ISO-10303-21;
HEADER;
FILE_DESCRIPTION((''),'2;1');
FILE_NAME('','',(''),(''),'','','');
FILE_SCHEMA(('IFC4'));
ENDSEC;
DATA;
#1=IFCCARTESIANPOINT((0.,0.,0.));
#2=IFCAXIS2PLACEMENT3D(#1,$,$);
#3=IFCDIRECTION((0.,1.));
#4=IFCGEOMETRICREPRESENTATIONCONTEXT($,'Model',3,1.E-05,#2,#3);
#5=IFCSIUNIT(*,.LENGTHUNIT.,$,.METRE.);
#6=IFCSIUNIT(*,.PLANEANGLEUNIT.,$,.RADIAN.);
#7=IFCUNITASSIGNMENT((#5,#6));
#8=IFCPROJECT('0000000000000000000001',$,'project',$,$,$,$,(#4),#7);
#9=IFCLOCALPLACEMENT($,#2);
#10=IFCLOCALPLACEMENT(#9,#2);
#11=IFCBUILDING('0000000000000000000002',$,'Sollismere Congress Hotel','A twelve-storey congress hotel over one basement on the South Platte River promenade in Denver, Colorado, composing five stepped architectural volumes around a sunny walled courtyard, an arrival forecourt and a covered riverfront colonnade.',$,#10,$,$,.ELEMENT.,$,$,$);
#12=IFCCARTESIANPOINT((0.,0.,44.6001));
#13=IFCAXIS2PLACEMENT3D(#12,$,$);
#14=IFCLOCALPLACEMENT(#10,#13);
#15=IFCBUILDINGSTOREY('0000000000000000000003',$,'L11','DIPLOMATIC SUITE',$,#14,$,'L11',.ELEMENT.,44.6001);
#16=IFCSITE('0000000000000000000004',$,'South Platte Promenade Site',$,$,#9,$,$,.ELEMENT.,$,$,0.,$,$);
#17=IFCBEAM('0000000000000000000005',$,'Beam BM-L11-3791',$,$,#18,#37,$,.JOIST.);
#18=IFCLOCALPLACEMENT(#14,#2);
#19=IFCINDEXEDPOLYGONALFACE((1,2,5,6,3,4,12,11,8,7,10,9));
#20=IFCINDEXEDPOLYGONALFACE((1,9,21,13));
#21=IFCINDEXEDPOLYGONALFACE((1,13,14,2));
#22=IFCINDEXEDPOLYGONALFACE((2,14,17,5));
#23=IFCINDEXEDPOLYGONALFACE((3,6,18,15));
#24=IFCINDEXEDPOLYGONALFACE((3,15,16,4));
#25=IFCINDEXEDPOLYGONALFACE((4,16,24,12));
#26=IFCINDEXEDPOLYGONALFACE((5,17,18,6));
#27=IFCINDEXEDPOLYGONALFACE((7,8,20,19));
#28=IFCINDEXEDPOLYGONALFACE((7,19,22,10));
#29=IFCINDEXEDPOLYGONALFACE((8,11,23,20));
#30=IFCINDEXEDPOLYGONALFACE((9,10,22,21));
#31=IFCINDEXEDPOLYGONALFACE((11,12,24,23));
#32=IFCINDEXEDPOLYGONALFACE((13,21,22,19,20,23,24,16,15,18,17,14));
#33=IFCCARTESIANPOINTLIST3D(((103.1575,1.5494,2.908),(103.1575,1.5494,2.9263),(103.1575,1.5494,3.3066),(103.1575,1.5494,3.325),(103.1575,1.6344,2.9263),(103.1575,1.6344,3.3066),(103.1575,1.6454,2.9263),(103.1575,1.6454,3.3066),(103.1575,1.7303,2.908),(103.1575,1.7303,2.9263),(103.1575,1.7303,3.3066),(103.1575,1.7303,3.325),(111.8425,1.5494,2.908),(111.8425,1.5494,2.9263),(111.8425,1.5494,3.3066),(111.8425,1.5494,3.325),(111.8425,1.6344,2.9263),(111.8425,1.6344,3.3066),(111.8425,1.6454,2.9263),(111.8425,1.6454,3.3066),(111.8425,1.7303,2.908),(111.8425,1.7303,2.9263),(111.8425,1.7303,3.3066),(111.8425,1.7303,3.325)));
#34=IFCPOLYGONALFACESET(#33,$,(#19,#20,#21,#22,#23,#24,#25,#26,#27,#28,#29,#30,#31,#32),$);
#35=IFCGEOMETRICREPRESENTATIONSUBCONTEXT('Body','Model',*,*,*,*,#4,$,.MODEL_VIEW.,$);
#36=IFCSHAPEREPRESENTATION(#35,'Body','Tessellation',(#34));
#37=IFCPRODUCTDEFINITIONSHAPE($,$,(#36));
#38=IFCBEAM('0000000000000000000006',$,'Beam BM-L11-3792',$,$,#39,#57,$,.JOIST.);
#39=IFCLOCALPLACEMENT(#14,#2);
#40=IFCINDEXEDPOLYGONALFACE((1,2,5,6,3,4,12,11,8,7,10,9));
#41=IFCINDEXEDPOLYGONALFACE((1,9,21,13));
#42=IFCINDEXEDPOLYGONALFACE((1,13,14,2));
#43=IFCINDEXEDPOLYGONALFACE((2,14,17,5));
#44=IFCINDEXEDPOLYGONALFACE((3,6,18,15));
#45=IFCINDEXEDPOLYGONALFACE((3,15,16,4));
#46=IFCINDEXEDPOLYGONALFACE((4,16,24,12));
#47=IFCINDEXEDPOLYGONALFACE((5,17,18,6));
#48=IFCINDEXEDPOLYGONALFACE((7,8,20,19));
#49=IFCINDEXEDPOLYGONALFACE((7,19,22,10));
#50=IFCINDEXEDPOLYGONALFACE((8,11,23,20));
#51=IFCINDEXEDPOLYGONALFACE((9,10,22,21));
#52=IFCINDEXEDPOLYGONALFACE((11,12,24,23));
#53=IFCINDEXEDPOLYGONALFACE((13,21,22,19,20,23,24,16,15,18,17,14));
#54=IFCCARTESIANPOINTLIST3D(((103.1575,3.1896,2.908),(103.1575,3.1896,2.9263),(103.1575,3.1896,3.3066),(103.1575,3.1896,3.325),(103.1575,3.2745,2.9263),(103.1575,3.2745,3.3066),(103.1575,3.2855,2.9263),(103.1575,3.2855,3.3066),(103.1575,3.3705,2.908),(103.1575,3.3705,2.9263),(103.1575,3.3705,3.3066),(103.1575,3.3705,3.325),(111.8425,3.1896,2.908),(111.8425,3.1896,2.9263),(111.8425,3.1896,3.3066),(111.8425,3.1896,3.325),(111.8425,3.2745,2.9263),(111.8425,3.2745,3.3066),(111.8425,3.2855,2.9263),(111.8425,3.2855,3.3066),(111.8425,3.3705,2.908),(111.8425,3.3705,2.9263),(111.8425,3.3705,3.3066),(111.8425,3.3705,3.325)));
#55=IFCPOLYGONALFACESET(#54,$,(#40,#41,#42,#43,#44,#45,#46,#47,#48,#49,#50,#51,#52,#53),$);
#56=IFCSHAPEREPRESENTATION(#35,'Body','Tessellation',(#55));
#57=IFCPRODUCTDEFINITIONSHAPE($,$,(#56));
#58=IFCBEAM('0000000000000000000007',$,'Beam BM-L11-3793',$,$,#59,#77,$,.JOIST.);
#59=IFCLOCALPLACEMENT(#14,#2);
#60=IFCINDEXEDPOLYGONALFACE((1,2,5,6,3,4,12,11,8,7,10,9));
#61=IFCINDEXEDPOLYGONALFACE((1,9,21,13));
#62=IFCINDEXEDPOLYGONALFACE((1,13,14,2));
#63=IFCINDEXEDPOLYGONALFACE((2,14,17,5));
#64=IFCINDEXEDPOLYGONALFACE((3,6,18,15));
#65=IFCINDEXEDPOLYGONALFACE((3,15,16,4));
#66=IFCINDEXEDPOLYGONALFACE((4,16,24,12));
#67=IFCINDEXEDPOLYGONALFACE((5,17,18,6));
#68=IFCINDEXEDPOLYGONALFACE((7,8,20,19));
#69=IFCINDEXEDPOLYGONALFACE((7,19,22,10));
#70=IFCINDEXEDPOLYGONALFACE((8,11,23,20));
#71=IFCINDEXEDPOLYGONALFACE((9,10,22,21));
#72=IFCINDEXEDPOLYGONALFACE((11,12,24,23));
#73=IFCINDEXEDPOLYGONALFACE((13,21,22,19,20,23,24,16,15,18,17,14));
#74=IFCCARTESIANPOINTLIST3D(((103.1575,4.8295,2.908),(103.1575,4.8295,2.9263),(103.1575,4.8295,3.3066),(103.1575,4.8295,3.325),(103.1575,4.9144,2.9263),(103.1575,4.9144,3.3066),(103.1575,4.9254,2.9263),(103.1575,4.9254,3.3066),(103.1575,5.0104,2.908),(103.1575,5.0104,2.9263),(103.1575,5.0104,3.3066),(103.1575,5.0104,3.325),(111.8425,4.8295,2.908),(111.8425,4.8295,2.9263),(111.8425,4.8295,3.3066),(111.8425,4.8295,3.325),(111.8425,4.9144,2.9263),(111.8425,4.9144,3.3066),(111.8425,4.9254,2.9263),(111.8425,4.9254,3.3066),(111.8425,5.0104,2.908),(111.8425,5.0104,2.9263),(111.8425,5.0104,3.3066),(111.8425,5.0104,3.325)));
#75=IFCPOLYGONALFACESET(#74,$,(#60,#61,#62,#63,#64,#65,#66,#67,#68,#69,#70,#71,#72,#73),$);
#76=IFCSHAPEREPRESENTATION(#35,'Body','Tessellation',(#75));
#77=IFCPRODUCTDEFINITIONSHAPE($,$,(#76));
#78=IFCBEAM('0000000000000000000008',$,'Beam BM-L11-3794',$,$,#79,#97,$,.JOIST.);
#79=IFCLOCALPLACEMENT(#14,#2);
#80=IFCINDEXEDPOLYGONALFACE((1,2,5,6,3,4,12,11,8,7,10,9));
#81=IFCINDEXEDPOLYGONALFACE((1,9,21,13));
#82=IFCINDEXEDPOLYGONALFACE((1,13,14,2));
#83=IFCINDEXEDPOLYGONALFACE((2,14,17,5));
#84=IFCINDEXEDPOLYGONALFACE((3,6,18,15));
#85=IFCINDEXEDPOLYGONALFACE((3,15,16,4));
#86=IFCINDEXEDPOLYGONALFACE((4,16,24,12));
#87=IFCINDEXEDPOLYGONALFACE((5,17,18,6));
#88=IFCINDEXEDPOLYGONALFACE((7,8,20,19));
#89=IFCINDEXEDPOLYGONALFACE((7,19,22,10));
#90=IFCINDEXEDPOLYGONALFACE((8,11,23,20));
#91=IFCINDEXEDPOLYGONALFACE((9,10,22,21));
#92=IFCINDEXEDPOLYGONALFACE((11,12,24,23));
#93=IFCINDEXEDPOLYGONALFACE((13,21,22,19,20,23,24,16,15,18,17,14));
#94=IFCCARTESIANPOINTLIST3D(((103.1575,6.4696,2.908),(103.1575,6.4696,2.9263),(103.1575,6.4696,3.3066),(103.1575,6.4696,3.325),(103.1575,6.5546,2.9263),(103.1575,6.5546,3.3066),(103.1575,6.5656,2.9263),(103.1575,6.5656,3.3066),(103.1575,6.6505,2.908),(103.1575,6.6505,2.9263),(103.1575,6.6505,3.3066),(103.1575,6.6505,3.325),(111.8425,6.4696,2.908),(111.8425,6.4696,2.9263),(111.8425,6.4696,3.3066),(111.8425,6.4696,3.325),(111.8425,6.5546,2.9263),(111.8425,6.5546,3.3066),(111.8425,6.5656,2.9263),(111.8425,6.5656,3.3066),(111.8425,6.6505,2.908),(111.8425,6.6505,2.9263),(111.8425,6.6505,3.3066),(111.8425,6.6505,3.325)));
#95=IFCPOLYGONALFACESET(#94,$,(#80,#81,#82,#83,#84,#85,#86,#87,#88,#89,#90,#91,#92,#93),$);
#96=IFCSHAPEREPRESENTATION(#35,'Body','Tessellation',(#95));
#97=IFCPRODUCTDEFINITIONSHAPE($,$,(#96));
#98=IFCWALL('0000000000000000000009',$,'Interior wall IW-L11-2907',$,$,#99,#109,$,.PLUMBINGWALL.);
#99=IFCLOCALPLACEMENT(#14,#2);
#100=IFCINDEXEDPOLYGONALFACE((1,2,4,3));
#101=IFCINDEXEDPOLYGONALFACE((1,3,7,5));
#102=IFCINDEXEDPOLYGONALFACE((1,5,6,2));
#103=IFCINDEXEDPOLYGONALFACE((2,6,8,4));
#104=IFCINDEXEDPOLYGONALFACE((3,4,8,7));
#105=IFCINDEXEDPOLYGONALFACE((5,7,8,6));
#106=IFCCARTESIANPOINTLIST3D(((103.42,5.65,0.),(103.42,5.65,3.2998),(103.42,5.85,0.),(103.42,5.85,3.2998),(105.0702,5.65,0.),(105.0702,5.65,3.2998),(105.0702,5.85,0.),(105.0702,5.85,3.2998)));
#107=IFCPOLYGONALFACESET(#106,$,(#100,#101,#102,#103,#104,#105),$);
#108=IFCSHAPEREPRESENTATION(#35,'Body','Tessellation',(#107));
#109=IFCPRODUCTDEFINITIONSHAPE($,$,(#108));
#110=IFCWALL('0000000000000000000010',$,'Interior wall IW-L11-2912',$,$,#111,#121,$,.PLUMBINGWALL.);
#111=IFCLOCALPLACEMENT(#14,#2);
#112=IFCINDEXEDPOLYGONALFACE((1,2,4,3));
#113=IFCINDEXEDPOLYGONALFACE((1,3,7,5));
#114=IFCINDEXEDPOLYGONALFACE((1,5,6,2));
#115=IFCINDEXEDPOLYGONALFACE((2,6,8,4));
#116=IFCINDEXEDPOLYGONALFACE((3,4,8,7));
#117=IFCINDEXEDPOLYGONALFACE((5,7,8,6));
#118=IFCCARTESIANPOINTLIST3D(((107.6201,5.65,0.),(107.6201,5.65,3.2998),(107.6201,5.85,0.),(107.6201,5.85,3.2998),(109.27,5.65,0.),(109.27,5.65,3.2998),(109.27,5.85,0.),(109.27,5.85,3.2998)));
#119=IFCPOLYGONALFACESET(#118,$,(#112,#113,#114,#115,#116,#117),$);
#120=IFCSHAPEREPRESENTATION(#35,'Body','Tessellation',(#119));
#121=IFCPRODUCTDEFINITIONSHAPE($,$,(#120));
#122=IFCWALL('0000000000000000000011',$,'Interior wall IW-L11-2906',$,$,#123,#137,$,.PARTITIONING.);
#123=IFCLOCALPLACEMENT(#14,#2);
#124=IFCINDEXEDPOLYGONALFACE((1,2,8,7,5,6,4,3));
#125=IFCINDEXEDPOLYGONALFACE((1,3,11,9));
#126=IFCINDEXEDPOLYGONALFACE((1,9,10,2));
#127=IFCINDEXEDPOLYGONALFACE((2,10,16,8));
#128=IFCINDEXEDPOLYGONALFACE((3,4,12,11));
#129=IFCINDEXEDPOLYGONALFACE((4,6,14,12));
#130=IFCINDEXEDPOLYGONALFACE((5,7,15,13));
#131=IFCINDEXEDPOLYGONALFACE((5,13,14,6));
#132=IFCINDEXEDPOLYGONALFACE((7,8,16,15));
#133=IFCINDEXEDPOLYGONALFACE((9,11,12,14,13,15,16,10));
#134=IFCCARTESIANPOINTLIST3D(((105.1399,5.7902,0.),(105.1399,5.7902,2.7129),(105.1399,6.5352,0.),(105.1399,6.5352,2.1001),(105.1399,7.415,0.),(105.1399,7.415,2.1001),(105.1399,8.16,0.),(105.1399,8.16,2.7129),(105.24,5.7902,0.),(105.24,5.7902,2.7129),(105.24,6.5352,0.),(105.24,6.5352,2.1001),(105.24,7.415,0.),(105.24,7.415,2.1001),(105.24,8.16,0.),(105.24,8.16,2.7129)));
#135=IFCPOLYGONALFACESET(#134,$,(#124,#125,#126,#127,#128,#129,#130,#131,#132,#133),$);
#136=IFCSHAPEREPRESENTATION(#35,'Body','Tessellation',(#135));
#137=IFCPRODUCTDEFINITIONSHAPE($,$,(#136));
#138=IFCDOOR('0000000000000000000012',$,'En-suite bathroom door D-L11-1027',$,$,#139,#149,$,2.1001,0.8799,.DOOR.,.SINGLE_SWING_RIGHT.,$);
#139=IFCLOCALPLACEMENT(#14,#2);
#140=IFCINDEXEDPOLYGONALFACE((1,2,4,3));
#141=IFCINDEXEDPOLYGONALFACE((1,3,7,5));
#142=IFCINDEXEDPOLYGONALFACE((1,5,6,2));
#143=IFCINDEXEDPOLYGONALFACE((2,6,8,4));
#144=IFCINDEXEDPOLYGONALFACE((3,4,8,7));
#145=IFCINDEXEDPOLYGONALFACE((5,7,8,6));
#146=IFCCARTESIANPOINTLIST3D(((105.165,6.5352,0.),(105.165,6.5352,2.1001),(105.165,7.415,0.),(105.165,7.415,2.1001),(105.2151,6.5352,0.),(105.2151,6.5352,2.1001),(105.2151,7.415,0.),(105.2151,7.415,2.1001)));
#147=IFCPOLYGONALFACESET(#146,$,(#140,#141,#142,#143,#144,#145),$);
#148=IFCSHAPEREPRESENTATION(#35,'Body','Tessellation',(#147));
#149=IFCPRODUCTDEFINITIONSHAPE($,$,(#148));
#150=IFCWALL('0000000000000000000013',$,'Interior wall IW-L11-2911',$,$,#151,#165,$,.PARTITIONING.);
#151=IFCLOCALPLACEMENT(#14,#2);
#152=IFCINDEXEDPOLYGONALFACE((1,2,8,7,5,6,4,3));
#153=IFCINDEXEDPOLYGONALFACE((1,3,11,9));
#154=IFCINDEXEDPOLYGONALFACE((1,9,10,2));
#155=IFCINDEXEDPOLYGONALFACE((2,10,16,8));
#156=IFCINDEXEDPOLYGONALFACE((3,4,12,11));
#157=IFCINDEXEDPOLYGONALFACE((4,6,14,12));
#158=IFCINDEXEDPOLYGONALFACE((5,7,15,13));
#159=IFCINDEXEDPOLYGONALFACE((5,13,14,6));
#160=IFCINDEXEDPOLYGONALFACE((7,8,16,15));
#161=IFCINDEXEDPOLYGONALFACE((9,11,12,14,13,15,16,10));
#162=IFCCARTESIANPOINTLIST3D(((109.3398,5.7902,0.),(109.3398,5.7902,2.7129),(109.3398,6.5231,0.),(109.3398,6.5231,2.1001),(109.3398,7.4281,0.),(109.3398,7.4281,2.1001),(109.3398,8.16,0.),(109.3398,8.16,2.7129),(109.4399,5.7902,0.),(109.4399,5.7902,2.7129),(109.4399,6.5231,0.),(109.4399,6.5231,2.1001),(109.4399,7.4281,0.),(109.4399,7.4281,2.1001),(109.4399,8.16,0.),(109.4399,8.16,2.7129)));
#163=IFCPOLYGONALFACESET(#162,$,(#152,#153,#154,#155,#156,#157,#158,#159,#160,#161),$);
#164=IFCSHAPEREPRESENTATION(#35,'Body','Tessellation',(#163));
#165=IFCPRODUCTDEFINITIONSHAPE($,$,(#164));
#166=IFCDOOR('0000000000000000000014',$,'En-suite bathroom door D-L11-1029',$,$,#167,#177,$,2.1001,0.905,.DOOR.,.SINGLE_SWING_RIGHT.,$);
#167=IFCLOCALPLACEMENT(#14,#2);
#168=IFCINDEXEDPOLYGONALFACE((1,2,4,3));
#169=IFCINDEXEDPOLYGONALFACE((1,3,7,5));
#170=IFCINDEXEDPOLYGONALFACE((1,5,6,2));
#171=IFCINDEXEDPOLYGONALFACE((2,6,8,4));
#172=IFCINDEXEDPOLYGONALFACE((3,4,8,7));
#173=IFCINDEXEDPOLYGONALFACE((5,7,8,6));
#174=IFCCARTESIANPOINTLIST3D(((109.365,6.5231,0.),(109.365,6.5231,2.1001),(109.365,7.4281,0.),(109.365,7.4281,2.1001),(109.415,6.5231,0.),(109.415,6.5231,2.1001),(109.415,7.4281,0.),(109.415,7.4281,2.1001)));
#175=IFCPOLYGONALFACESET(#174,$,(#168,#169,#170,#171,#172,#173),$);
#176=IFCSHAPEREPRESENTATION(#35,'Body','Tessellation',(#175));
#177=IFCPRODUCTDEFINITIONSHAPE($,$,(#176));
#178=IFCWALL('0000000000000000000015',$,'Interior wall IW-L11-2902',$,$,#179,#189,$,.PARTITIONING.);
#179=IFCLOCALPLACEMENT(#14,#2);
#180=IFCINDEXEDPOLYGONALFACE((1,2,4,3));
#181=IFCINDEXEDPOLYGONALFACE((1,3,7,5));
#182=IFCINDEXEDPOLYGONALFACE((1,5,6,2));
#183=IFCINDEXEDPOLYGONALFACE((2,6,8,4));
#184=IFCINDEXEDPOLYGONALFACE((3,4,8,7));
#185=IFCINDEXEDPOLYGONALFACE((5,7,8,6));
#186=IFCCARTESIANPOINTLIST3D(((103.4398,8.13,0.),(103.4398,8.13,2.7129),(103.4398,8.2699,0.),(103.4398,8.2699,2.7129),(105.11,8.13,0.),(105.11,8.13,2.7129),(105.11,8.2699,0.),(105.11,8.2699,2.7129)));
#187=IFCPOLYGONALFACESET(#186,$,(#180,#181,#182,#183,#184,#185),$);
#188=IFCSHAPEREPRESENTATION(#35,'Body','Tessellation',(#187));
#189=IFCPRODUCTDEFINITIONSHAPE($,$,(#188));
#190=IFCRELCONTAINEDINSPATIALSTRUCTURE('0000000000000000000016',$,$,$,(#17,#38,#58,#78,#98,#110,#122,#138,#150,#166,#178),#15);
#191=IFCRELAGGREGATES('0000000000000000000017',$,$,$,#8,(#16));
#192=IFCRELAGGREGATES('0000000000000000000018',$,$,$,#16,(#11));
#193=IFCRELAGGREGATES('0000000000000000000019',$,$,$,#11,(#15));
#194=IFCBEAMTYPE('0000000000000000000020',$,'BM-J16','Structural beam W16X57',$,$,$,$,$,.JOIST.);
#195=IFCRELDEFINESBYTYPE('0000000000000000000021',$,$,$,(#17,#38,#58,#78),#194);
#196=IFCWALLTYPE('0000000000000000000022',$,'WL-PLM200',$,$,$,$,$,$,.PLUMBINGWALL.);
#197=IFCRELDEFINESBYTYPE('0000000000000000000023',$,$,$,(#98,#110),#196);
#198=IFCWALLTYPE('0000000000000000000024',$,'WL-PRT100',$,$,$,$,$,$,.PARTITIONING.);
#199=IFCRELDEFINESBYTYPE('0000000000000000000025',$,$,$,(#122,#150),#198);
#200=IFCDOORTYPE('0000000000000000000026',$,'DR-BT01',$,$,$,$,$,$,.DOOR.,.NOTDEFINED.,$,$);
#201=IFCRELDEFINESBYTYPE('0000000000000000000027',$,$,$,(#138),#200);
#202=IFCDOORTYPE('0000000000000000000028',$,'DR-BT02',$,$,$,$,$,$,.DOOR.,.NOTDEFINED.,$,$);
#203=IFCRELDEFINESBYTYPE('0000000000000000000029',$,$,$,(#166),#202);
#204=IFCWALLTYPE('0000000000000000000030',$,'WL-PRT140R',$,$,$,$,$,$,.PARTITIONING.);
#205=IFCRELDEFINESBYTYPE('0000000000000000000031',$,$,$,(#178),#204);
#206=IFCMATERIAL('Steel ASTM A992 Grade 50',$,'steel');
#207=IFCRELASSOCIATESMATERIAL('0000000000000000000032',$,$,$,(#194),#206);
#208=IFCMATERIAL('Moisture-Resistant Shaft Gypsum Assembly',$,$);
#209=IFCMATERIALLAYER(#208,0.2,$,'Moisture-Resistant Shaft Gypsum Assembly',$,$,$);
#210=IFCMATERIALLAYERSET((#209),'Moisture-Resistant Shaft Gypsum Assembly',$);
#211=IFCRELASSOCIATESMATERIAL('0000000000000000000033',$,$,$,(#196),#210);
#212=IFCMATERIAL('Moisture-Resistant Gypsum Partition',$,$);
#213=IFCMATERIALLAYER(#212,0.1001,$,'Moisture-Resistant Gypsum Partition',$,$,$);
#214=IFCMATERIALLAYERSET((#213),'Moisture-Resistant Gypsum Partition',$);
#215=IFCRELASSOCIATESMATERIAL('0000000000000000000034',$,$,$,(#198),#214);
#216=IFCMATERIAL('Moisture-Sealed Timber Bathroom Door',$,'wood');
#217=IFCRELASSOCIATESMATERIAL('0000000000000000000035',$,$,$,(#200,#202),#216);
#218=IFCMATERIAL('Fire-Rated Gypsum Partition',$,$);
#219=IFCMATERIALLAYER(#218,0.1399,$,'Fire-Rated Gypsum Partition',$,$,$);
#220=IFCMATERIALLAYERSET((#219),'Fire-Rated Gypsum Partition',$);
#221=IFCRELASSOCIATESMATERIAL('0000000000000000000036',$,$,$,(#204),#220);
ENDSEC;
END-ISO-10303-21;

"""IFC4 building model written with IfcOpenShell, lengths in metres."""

from ifc_helpers import new_model, si_unit, direction, frame, frame_2d, origin, origin_2d, place, context, subcontext, project, spatial, rectangle, i_section, extrude, material, layer, layer_set, material_profile, profile_set, type_object, element, fill, save


model = new_model("IFC4")

# Units and contexts
model_context = context("Model", 3, precision=1e-05, world=origin(), true_north=direction((0.0, 1.0)))
body_context = subcontext(model_context, "Body", "Model", "MODEL_VIEW")
ifc_project = project(units=[si_unit("LENGTHUNIT", "METRE"), si_unit("PLANEANGLEUNIT", "RADIAN")], contexts=[model_context])

# Site, building, storey
site_placement = place(None, origin())
site = spatial("IfcSite", under=ifc_project, at=site_placement, Name="South Platte Promenade Site", CompositionType="ELEMENT", RefElevation=0.0)
building_placement = place(site_placement, origin())
building = spatial("IfcBuilding", under=site, at=building_placement, Name="Sollismere Congress Hotel", Description="A twelve-storey congress hotel over one basement on the South Platte River promenade in Denver, Colorado, composing five stepped architectural volumes around a sunny walled courtyard, an arrival forecourt and a covered riverfront colonnade.", CompositionType="ELEMENT")
storey_placement = place(building_placement, frame((0.0, 0.0, 44.6001)))
storey = spatial("IfcBuildingStorey", under=building, at=storey_placement, Name="L11", Description="DIPLOMATIC SUITE", LongName="L11", CompositionType="ELEMENT", Elevation=44.6001)

# Beams
ifc_material_1 = material(Name="Steel ASTM A992 Grade 50", Category="steel")
ifc_material_profile = material_profile(ifc_material_1, i_section(OverallWidth=0.1809, OverallDepth=0.417, WebThickness=0.011, FlangeThickness=0.0183, at=origin_2d()), Name="W16X57")
ifc_profile_set = profile_set([ifc_material_profile], Name="Steel ASTM A992 Grade 50")
beam_type = type_object("IfcBeamType", Name="BM-J16", Description="Structural beam W16X57", PredefinedType="JOIST", material=ifc_profile_set)
for number, where, z_axis, x_axis, name in (
    (1, (103.1575, 1.6399, 3.1165), (1.0, 0.0, 0.0), (0.0, 1.0, 0.0), "Beam BM-L11-3791"),
    (2, (103.1575, 3.28, 3.1165), (1.0, 0.0, 0.0), (0.0, 1.0, 0.0), "Beam BM-L11-3792"),
    (3, (103.1575, 4.9199, 3.1165), (1.0, 0.0, 0.0), (0.0, 1.0, 0.0), "Beam BM-L11-3793"),
    (4, (103.1575, 6.5601, 3.1165), (1.0, 0.0, 0.0), (0.0, 1.0, 0.0), "Beam BM-L11-3794"),
):
    element("IfcBeam", number, at=place(storey_placement, frame(where, z_axis=z_axis, x_axis=x_axis)), inside=storey, type_object=beam_type, Name=name, PredefinedType="JOIST", context=body_context, shape_type="SweptSolid", body=[
        extrude(i_section(OverallWidth=0.1809, OverallDepth=0.417, WebThickness=0.011, FlangeThickness=0.0183, at=origin_2d()), origin(), (0.0, 0.0, 1.0), 8.6851),
    ])

# Walls
ifc_material_2 = material(Name="Moisture-Resistant Shaft Gypsum Assembly")
ifc_layer_1 = layer(ifc_material_2, 0.2, Name="Moisture-Resistant Shaft Gypsum Assembly")
ifc_layer_set_1 = layer_set([ifc_layer_1], Name="Moisture-Resistant Shaft Gypsum Assembly")
wall_type_1 = type_object("IfcWallType", Name="WL-PLM200", PredefinedType="PLUMBINGWALL", material=ifc_layer_set_1)
wall_1_placement = place(storey_placement, frame((103.4199, 5.75, 0.0), z_axis=(0.0, 0.0, 1.0), x_axis=(1.0, 0.0, 0.0)))
element("IfcWall", 5, at=wall_1_placement, inside=storey, type_object=wall_type_1, Name="Interior wall IW-L11-2907", PredefinedType="PLUMBINGWALL", context=body_context, shape_type="SweptSolid", body=[
    extrude(rectangle(XDim=1.6501, YDim=0.2, at=frame_2d((0.8252, 0.0))), origin(), (0.0, 0.0, 1.0), 3.2998),
])
wall_2_placement = place(storey_placement, frame((107.6201, 5.75, 0.0), z_axis=(0.0, 0.0, 1.0), x_axis=(1.0, 0.0, 0.0)))
element("IfcWall", 6, at=wall_2_placement, inside=storey, type_object=wall_type_1, Name="Interior wall IW-L11-2912", PredefinedType="PLUMBINGWALL", context=body_context, shape_type="SweptSolid", body=[
    extrude(rectangle(XDim=1.6499, YDim=0.2, at=frame_2d((0.825, 0.0))), origin(), (0.0, 0.0, 1.0), 3.2998),
])

# Walls, openings, doors
ifc_material_3 = material(Name="Moisture-Resistant Gypsum Partition")
ifc_layer_2 = layer(ifc_material_3, 0.1001, Name="Moisture-Resistant Gypsum Partition")
ifc_layer_set_2 = layer_set([ifc_layer_2], Name="Moisture-Resistant Gypsum Partition")
wall_type_2 = type_object("IfcWallType", Name="WL-PRT100", PredefinedType="PARTITIONING", material=ifc_layer_set_2)
wall_3_placement = place(storey_placement, frame((105.1899, 5.79, 0.0), z_axis=(0.0, 0.0, 1.0), x_axis=(0.0, 1.0, 0.0)))
wall_3 = element("IfcWall", 7, at=wall_3_placement, inside=storey, type_object=wall_type_2, Name="Interior wall IW-L11-2906", PredefinedType="PARTITIONING", context=body_context, shape_type="SweptSolid", body=[
    extrude(rectangle(XDim=2.3699, YDim=0.1001, at=frame_2d((1.1851, 0.0))), origin(), (0.0, 0.0, 1.0), 2.7129),
])
opening_1_placement = place(wall_3_placement, frame((0.7451, 0.0, 0.0)))
opening_1 = element("IfcOpeningElement", 8, at=opening_1_placement, cuts=wall_3, PredefinedType="OPENING", context=body_context, shape_type="SweptSolid", body=[
    extrude(rectangle(XDim=0.8799, YDim=2.1001, at=frame_2d((0.4399, 1.05))), frame((0.0, 0.0601, 0.0), z_axis=(0.0, -1.0, 0.0), x_axis=(1.0, 0.0, 0.0)), (0.0, 0.0, 1.0), 0.1201),
])
ifc_material_4 = material(Name="Moisture-Sealed Timber Bathroom Door", Category="wood")
door_type_1 = type_object("IfcDoorType", Name="DR-BT01", OperationType="NOTDEFINED", PredefinedType="DOOR", material=ifc_material_4)
door_1_placement = place(opening_1_placement, origin())
door_1 = element("IfcDoor", 9, at=door_1_placement, inside=storey, type_object=door_type_1, Name="En-suite bathroom door D-L11-1027", OperationType="SINGLE_SWING_RIGHT", OverallHeight=2.1001, OverallWidth=0.8799, PredefinedType="DOOR", context=body_context, shape_type="SweptSolid", body=[
    extrude(rectangle(XDim=0.8799, YDim=2.1001, at=frame_2d((0.4399, 1.05))), frame((0.0, 0.0249, 0.0), z_axis=(0.0, -1.0, 0.0), x_axis=(1.0, 0.0, 0.0)), (0.0, 0.0, 1.0), 0.05),
])
fill(opening_1, door_1)
wall_4_placement = place(storey_placement, frame((109.3899, 5.79, 0.0), z_axis=(0.0, 0.0, 1.0), x_axis=(0.0, 1.0, 0.0)))
wall_4 = element("IfcWall", 10, at=wall_4_placement, inside=storey, type_object=wall_type_2, Name="Interior wall IW-L11-2911", PredefinedType="PARTITIONING", context=body_context, shape_type="SweptSolid", body=[
    extrude(rectangle(XDim=2.3699, YDim=0.1001, at=frame_2d((1.1851, 0.0))), origin(), (0.0, 0.0, 1.0), 2.7129),
])
opening_2_placement = place(wall_4_placement, frame((0.7329, 0.0, 0.0)))
opening_2 = element("IfcOpeningElement", 11, at=opening_2_placement, cuts=wall_4, PredefinedType="OPENING", context=body_context, shape_type="SweptSolid", body=[
    extrude(rectangle(XDim=0.905, YDim=2.1001, at=frame_2d((0.4526, 1.05))), frame((0.0, 0.0601, 0.0), z_axis=(0.0, -1.0, 0.0), x_axis=(1.0, 0.0, 0.0)), (0.0, 0.0, 1.0), 0.1201),
])
door_type_2 = type_object("IfcDoorType", Name="DR-BT02", OperationType="NOTDEFINED", PredefinedType="DOOR", material=ifc_material_4)
door_2_placement = place(opening_2_placement, origin())
door_2 = element("IfcDoor", 12, at=door_2_placement, inside=storey, type_object=door_type_2, Name="En-suite bathroom door D-L11-1029", OperationType="SINGLE_SWING_RIGHT", OverallHeight=2.1001, OverallWidth=0.905, PredefinedType="DOOR", context=body_context, shape_type="SweptSolid", body=[
    extrude(rectangle(XDim=0.905, YDim=2.1001, at=frame_2d((0.4526, 1.05))), frame((0.0, 0.0249, 0.0), z_axis=(0.0, -1.0, 0.0), x_axis=(1.0, 0.0, 0.0)), (0.0, 0.0, 1.0), 0.05),
])
fill(opening_2, door_2)

# Wall
ifc_material_5 = material(Name="Fire-Rated Gypsum Partition")
ifc_layer_3 = layer(ifc_material_5, 0.1399, Name="Fire-Rated Gypsum Partition")
ifc_layer_set_3 = layer_set([ifc_layer_3], Name="Fire-Rated Gypsum Partition")
wall_type_3 = type_object("IfcWallType", Name="WL-PRT140R", PredefinedType="PARTITIONING", material=ifc_layer_set_3)
wall_5_placement = place(storey_placement, frame((103.4399, 8.2, 0.0), z_axis=(0.0, 0.0, 1.0), x_axis=(1.0, 0.0, 0.0)))
element("IfcWall", 13, at=wall_5_placement, inside=storey, type_object=wall_type_3, Name="Interior wall IW-L11-2902", PredefinedType="PARTITIONING", context=body_context, shape_type="SweptSolid", body=[
    extrude(rectangle(XDim=1.6702, YDim=0.1399, at=frame_2d((0.835, 0.0))), origin(), (0.0, 0.0, 1.0), 2.7129),
])

save(model, "model.ifc")
